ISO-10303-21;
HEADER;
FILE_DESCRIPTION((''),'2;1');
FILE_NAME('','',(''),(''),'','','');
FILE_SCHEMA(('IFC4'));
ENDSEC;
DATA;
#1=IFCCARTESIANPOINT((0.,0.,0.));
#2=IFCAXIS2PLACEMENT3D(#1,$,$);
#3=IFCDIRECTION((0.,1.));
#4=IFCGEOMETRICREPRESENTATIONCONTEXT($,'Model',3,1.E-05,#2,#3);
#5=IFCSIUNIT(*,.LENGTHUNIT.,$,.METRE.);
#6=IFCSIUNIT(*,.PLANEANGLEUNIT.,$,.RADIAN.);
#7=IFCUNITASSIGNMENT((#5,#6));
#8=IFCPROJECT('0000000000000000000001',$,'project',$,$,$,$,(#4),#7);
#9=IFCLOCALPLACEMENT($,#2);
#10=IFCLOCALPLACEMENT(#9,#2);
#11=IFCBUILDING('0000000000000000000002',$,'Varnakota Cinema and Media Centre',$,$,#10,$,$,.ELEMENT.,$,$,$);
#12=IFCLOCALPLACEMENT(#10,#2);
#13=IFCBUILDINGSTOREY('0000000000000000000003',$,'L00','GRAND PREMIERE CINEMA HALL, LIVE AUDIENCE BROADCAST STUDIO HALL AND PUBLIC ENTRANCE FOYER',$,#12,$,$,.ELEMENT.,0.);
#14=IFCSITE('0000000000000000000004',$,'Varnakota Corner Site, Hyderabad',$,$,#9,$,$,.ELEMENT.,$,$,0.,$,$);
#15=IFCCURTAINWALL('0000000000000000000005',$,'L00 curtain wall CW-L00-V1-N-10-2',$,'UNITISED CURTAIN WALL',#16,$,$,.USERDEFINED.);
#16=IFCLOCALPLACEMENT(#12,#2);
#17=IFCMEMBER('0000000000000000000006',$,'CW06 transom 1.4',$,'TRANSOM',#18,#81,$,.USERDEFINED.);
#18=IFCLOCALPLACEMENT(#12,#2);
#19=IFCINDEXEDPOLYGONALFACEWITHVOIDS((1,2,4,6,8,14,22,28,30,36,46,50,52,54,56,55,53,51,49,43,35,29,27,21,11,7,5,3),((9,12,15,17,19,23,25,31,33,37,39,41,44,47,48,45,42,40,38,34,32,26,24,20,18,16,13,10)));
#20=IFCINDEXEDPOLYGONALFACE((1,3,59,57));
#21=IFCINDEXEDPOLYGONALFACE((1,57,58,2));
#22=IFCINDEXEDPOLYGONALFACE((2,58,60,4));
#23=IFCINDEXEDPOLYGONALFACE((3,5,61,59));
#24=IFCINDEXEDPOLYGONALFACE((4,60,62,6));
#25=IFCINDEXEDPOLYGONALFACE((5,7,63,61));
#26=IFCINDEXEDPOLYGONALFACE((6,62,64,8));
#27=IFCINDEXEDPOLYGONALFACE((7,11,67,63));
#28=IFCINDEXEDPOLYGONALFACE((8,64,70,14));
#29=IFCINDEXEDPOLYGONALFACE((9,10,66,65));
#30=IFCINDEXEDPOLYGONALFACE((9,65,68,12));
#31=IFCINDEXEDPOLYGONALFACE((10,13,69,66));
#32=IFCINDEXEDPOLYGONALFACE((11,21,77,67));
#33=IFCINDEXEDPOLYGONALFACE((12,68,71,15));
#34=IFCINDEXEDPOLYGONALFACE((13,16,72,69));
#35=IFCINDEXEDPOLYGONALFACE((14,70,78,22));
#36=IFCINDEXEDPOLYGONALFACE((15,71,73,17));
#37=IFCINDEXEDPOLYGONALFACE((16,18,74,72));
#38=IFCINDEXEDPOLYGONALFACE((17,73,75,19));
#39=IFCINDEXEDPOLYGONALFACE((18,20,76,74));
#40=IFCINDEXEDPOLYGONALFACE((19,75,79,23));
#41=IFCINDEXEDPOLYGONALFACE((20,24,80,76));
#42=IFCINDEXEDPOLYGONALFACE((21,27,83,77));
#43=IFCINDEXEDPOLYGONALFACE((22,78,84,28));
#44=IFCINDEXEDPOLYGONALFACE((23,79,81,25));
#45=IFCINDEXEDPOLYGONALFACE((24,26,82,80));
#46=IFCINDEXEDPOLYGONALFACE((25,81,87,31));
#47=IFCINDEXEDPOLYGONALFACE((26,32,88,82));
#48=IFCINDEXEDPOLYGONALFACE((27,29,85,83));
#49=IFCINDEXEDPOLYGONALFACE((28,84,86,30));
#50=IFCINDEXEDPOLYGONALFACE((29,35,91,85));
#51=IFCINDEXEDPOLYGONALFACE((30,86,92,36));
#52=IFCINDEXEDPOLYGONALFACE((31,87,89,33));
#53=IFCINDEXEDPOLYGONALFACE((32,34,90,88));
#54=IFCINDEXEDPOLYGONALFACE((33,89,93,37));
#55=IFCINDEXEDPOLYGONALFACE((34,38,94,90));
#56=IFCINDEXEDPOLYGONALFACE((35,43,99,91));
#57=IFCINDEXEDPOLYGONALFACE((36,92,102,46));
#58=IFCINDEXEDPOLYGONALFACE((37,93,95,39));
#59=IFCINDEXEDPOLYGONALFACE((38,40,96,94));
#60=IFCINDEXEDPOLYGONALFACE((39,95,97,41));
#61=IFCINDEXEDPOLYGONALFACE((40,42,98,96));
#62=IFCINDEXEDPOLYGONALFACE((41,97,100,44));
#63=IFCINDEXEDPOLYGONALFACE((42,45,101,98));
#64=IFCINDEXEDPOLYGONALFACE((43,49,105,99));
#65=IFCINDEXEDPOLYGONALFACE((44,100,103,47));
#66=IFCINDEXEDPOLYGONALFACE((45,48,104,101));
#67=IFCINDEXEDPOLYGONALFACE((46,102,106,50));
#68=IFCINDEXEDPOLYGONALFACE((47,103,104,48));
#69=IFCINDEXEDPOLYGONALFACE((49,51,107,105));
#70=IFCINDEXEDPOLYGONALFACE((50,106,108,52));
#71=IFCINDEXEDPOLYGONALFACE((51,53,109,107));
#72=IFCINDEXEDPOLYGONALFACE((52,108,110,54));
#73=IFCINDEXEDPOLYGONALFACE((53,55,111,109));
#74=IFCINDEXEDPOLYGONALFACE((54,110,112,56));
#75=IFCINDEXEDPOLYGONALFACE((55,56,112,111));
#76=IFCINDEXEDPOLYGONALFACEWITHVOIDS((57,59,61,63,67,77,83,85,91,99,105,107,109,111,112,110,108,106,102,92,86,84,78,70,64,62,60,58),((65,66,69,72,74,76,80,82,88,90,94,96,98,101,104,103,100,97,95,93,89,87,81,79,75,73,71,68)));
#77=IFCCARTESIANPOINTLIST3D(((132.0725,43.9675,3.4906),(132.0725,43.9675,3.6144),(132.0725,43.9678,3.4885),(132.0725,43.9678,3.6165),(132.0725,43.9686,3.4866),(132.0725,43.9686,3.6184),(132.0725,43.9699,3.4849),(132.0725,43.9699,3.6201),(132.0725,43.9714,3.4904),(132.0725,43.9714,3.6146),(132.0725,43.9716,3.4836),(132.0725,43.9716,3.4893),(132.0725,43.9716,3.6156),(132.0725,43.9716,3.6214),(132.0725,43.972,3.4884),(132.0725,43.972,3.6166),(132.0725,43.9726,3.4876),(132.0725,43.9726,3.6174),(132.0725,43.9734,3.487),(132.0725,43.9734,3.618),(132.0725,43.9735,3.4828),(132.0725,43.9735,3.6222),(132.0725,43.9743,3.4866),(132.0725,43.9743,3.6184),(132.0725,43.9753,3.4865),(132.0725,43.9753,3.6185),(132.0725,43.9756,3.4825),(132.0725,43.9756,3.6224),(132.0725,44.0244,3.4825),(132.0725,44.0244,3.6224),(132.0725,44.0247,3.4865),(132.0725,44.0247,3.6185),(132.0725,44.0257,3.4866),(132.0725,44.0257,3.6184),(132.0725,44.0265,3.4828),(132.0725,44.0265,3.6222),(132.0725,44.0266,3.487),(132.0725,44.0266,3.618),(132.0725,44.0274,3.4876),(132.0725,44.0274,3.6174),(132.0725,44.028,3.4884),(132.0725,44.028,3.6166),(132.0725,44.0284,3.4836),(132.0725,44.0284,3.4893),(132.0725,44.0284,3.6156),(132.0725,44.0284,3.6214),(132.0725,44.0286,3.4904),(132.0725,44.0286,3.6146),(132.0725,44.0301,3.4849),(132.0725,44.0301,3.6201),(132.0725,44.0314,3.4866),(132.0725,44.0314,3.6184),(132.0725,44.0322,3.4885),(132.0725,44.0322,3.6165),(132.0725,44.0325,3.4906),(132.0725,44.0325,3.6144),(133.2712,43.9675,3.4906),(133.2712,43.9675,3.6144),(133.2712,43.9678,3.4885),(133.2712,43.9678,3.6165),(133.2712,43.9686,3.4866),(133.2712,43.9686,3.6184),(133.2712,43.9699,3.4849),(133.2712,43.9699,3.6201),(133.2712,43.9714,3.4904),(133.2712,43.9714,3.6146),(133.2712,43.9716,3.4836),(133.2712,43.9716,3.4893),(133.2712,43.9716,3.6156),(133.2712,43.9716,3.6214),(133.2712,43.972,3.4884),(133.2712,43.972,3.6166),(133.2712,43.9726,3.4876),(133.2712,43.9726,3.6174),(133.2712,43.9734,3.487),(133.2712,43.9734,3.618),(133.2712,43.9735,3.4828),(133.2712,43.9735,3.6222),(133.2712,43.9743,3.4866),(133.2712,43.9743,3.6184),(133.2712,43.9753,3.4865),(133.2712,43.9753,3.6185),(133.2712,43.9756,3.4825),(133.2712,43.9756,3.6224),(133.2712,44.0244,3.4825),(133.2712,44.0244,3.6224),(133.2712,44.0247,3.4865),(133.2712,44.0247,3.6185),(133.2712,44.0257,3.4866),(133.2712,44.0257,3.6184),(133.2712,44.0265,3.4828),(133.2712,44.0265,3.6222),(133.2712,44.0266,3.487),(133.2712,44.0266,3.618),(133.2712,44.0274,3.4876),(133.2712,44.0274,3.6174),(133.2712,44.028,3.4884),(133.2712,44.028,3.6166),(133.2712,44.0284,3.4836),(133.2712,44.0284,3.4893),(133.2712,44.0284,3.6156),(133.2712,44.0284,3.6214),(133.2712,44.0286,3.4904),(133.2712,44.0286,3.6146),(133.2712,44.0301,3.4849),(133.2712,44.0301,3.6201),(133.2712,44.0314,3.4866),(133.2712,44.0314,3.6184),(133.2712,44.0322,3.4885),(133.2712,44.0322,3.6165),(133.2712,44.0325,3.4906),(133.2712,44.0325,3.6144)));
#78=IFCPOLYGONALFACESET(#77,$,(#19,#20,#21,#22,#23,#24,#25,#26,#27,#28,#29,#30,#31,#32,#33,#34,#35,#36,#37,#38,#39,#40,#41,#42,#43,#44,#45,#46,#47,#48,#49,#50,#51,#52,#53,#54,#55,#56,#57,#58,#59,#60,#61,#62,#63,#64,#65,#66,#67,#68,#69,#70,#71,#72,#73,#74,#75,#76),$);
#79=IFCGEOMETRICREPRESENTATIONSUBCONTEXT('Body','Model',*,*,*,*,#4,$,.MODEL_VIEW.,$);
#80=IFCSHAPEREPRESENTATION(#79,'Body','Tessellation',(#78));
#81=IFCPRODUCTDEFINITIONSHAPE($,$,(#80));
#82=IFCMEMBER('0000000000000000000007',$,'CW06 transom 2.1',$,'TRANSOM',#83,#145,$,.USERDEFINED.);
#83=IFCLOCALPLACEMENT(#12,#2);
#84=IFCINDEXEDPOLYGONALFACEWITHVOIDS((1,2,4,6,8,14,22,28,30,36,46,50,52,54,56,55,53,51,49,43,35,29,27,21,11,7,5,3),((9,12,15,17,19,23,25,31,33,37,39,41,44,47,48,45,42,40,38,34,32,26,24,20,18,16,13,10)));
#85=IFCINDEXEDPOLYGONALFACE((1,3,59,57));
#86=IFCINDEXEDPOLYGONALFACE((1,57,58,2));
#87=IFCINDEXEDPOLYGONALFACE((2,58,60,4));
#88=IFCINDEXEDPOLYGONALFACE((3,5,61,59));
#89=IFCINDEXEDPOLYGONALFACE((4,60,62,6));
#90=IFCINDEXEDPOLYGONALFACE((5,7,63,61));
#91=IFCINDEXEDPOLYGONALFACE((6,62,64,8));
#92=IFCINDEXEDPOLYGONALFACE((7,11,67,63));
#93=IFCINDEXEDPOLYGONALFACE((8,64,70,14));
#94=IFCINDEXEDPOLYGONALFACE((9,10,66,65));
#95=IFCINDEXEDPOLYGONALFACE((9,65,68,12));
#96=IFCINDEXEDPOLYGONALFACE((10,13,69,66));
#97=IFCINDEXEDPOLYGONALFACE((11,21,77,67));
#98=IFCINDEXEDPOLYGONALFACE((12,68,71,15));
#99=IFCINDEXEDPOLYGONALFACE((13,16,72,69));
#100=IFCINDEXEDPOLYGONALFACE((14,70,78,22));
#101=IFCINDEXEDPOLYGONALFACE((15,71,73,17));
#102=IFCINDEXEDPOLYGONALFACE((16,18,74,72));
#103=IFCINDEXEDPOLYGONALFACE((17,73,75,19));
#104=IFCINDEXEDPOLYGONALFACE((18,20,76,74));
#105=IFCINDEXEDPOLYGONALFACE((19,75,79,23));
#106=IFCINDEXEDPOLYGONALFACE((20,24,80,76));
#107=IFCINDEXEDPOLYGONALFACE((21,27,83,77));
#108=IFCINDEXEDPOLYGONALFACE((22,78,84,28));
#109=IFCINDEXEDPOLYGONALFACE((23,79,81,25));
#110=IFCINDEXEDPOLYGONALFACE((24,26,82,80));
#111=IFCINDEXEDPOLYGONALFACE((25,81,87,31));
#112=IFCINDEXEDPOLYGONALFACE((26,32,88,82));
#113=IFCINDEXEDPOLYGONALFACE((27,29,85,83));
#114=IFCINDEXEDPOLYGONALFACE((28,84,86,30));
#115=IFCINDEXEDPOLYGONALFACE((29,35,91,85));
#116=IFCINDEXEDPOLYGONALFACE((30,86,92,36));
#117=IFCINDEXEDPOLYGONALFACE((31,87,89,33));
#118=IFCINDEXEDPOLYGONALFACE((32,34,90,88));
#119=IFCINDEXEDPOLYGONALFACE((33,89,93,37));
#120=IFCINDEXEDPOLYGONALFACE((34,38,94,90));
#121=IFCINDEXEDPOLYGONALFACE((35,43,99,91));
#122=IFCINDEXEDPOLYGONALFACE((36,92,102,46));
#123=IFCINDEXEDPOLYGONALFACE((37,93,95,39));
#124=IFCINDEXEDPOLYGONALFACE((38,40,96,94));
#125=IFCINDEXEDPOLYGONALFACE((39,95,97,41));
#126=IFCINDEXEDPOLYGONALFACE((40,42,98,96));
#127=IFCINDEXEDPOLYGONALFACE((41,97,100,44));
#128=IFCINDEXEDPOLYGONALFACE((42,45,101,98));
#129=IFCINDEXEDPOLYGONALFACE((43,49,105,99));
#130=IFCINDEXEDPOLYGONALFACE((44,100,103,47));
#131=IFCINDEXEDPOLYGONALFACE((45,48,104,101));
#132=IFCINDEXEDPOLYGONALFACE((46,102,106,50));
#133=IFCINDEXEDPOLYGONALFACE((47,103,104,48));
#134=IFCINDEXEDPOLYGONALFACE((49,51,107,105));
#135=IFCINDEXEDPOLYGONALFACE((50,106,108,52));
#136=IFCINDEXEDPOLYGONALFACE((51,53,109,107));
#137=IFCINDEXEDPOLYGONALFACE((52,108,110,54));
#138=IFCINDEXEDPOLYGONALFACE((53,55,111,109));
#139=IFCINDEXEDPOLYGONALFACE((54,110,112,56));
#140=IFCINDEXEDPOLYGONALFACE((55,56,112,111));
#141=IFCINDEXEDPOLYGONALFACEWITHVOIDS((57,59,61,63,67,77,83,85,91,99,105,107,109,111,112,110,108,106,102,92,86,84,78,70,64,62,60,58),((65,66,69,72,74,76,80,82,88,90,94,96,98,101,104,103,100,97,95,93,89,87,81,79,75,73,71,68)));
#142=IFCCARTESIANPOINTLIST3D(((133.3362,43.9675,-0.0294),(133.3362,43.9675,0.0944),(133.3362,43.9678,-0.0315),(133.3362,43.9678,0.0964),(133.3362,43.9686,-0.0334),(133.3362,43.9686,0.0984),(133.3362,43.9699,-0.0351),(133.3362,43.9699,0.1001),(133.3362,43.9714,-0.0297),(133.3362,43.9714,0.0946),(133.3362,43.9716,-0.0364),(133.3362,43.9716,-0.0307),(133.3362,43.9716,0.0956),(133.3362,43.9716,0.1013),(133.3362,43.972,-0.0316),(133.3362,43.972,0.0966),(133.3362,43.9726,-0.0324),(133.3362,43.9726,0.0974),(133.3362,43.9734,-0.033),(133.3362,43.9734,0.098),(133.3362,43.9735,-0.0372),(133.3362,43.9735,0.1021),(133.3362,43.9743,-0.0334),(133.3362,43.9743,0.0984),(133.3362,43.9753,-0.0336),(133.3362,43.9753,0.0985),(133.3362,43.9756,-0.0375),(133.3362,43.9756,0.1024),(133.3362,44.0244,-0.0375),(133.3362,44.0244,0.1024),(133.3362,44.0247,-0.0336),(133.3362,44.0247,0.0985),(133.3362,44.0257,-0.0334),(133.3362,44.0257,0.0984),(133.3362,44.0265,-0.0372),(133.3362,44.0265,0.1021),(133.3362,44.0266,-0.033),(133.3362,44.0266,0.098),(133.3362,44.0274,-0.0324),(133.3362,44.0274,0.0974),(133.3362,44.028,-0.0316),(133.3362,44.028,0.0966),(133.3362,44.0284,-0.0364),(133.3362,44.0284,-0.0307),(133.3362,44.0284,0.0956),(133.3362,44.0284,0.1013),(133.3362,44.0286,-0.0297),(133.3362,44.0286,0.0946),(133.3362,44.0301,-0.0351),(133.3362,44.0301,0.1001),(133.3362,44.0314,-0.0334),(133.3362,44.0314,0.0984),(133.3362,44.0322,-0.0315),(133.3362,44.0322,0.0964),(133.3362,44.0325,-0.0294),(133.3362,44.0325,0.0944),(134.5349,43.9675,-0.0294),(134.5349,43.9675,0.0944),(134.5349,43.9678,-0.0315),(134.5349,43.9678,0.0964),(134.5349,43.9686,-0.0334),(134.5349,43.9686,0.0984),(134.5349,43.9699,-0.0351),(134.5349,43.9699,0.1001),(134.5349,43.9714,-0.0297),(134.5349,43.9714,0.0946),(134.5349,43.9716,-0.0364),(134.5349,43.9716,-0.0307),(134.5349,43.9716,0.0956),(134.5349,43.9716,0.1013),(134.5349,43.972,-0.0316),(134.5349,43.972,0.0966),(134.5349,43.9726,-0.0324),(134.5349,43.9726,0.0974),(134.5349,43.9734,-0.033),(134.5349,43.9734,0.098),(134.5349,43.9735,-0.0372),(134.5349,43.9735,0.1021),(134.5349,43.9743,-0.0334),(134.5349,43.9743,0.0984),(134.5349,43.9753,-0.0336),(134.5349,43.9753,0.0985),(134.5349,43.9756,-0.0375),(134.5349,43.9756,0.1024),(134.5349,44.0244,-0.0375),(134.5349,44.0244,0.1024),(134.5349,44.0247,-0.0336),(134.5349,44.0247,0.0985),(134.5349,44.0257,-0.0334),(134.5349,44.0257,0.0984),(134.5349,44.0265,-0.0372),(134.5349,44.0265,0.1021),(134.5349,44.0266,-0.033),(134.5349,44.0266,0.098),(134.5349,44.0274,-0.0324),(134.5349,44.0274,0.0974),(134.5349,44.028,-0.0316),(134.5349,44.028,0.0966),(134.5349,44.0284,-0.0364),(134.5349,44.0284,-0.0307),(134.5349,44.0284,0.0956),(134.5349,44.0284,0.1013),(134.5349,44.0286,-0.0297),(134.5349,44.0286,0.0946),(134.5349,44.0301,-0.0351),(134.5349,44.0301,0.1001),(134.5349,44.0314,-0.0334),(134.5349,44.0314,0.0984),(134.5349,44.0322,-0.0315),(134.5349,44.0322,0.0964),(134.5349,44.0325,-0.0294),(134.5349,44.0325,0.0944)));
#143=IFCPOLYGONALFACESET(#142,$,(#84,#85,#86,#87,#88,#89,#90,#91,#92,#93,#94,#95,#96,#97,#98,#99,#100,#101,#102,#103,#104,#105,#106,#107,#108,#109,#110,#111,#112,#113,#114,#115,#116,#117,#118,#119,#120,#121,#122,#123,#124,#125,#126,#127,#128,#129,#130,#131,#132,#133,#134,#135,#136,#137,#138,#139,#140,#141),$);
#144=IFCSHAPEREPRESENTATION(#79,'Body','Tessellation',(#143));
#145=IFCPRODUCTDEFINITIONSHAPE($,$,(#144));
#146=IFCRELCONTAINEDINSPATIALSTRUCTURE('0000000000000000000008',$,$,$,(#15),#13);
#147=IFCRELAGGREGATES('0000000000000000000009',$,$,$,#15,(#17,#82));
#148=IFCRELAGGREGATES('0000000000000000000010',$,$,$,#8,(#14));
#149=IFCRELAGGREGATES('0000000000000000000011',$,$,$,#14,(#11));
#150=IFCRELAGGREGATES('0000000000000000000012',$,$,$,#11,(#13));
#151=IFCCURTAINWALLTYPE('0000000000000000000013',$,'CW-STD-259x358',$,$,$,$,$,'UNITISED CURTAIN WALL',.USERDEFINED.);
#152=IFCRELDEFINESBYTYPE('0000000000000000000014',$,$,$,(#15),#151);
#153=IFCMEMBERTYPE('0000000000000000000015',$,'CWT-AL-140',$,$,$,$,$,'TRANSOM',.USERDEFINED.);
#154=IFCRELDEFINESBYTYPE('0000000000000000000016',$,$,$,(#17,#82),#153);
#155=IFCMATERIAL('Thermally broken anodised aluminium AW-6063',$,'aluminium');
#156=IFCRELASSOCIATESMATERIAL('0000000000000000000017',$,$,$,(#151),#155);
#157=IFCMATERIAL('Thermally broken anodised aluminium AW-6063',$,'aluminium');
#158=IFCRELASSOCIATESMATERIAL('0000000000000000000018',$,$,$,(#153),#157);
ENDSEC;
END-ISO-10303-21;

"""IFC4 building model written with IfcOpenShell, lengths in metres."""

from ifc_helpers import new_model, si_unit, direction, frame, origin, origin_2d, place, context, subcontext, project, spatial, hollow_rectangle, extrude, material, material_profile, profile_set, type_object, element, aggregate, save


model = new_model("IFC4")

# Units and contexts
model_context = context("Model", 3, precision=1e-05, world=origin(), true_north=direction((0.0, 1.0)))
body_context = subcontext(model_context, "Body", "Model", "MODEL_VIEW")
ifc_project = project(units=[si_unit("LENGTHUNIT", "METRE"), si_unit("PLANEANGLEUNIT", "RADIAN")], contexts=[model_context])

# Site, building, storey
site_placement = place(None, origin())
site = spatial("IfcSite", under=ifc_project, at=site_placement, Name="Varnakota Corner Site, Hyderabad", CompositionType="ELEMENT", RefElevation=0.0)
building_placement = place(site_placement, origin())
building = spatial("IfcBuilding", under=site, at=building_placement, Name="Varnakota Cinema and Media Centre", CompositionType="ELEMENT")
storey_placement = place(building_placement, origin())
storey = spatial("IfcBuildingStorey", under=building, at=storey_placement, Name="L00", Description="GRAND PREMIERE CINEMA HALL, LIVE AUDIENCE BROADCAST STUDIO HALL AND PUBLIC ENTRANCE FOYER", CompositionType="ELEMENT", Elevation=0.0)

# Curtain wall
ifc_material_1 = material(Name="Thermally broken anodised aluminium AW-6063", Category="aluminium")
curtain_wall_type = type_object("IfcCurtainWallType", Name="CW-STD-259x358", ElementType="UNITISED CURTAIN WALL", PredefinedType="USERDEFINED", material=ifc_material_1)
curtain_wall_1_placement = place(storey_placement, origin())
curtain_wall_1 = element("IfcCurtainWall", 1, at=curtain_wall_1_placement, inside=storey, type_object=curtain_wall_type, Name="L00 curtain wall CW-L00-V1-N-10-2", ObjectType="UNITISED CURTAIN WALL", PredefinedType="USERDEFINED")

# Members
ifc_material_2 = material(Name="Thermally broken anodised aluminium AW-6063", Category="aluminium")
ifc_material_profile_1 = material_profile(ifc_material_2, hollow_rectangle(XDim=0.0649, YDim=0.1399, WallThickness=0.0039, InnerFilletRadius=0.0039, OuterFilletRadius=0.0081, at=origin_2d()), Name="AL-TRANSOM 140x65x4")
ifc_profile_set_1 = profile_set([ifc_material_profile_1], Name="Thermally broken anodised aluminium AW-6063")
member_type_1 = type_object("IfcMemberType", Name="CWT-AL-140", ElementType="TRANSOM", PredefinedType="USERDEFINED", material=ifc_profile_set_1)
member_1_placement = place(storey_placement, frame((132.0725, 44.0, 3.5525), z_axis=(1.0, 0.0, 0.0), x_axis=(0.0, 1.0, 0.0)))
member_1 = element("IfcMember", 2, at=member_1_placement, type_object=member_type_1, Name="CW06 transom 1.4", ObjectType="TRANSOM", PredefinedType="USERDEFINED", context=body_context, shape_type="SweptSolid", body=[
    extrude(hollow_rectangle(XDim=0.0649, YDim=0.1399, WallThickness=0.0039, InnerFilletRadius=0.0039, OuterFilletRadius=0.0081, at=origin_2d()), origin(), (0.0, 0.0, 1.0), 1.1987),
])
member_2_placement = place(storey_placement, frame((133.3362, 44.0, 0.0325), z_axis=(1.0, 0.0, 0.0), x_axis=(0.0, 1.0, 0.0)))
member_2 = element("IfcMember", 3, at=member_2_placement, type_object=member_type_1, Name="CW06 transom 2.1", ObjectType="TRANSOM", PredefinedType="USERDEFINED", context=body_context, shape_type="SweptSolid", body=[
    extrude(hollow_rectangle(XDim=0.0649, YDim=0.1399, WallThickness=0.0039, InnerFilletRadius=0.0039, OuterFilletRadius=0.0081, at=origin_2d()), origin(), (0.0, 0.0, 1.0), 1.1987),
])

aggregate(curtain_wall_1, [member_1, member_2])

save(model, "model.ifc")
